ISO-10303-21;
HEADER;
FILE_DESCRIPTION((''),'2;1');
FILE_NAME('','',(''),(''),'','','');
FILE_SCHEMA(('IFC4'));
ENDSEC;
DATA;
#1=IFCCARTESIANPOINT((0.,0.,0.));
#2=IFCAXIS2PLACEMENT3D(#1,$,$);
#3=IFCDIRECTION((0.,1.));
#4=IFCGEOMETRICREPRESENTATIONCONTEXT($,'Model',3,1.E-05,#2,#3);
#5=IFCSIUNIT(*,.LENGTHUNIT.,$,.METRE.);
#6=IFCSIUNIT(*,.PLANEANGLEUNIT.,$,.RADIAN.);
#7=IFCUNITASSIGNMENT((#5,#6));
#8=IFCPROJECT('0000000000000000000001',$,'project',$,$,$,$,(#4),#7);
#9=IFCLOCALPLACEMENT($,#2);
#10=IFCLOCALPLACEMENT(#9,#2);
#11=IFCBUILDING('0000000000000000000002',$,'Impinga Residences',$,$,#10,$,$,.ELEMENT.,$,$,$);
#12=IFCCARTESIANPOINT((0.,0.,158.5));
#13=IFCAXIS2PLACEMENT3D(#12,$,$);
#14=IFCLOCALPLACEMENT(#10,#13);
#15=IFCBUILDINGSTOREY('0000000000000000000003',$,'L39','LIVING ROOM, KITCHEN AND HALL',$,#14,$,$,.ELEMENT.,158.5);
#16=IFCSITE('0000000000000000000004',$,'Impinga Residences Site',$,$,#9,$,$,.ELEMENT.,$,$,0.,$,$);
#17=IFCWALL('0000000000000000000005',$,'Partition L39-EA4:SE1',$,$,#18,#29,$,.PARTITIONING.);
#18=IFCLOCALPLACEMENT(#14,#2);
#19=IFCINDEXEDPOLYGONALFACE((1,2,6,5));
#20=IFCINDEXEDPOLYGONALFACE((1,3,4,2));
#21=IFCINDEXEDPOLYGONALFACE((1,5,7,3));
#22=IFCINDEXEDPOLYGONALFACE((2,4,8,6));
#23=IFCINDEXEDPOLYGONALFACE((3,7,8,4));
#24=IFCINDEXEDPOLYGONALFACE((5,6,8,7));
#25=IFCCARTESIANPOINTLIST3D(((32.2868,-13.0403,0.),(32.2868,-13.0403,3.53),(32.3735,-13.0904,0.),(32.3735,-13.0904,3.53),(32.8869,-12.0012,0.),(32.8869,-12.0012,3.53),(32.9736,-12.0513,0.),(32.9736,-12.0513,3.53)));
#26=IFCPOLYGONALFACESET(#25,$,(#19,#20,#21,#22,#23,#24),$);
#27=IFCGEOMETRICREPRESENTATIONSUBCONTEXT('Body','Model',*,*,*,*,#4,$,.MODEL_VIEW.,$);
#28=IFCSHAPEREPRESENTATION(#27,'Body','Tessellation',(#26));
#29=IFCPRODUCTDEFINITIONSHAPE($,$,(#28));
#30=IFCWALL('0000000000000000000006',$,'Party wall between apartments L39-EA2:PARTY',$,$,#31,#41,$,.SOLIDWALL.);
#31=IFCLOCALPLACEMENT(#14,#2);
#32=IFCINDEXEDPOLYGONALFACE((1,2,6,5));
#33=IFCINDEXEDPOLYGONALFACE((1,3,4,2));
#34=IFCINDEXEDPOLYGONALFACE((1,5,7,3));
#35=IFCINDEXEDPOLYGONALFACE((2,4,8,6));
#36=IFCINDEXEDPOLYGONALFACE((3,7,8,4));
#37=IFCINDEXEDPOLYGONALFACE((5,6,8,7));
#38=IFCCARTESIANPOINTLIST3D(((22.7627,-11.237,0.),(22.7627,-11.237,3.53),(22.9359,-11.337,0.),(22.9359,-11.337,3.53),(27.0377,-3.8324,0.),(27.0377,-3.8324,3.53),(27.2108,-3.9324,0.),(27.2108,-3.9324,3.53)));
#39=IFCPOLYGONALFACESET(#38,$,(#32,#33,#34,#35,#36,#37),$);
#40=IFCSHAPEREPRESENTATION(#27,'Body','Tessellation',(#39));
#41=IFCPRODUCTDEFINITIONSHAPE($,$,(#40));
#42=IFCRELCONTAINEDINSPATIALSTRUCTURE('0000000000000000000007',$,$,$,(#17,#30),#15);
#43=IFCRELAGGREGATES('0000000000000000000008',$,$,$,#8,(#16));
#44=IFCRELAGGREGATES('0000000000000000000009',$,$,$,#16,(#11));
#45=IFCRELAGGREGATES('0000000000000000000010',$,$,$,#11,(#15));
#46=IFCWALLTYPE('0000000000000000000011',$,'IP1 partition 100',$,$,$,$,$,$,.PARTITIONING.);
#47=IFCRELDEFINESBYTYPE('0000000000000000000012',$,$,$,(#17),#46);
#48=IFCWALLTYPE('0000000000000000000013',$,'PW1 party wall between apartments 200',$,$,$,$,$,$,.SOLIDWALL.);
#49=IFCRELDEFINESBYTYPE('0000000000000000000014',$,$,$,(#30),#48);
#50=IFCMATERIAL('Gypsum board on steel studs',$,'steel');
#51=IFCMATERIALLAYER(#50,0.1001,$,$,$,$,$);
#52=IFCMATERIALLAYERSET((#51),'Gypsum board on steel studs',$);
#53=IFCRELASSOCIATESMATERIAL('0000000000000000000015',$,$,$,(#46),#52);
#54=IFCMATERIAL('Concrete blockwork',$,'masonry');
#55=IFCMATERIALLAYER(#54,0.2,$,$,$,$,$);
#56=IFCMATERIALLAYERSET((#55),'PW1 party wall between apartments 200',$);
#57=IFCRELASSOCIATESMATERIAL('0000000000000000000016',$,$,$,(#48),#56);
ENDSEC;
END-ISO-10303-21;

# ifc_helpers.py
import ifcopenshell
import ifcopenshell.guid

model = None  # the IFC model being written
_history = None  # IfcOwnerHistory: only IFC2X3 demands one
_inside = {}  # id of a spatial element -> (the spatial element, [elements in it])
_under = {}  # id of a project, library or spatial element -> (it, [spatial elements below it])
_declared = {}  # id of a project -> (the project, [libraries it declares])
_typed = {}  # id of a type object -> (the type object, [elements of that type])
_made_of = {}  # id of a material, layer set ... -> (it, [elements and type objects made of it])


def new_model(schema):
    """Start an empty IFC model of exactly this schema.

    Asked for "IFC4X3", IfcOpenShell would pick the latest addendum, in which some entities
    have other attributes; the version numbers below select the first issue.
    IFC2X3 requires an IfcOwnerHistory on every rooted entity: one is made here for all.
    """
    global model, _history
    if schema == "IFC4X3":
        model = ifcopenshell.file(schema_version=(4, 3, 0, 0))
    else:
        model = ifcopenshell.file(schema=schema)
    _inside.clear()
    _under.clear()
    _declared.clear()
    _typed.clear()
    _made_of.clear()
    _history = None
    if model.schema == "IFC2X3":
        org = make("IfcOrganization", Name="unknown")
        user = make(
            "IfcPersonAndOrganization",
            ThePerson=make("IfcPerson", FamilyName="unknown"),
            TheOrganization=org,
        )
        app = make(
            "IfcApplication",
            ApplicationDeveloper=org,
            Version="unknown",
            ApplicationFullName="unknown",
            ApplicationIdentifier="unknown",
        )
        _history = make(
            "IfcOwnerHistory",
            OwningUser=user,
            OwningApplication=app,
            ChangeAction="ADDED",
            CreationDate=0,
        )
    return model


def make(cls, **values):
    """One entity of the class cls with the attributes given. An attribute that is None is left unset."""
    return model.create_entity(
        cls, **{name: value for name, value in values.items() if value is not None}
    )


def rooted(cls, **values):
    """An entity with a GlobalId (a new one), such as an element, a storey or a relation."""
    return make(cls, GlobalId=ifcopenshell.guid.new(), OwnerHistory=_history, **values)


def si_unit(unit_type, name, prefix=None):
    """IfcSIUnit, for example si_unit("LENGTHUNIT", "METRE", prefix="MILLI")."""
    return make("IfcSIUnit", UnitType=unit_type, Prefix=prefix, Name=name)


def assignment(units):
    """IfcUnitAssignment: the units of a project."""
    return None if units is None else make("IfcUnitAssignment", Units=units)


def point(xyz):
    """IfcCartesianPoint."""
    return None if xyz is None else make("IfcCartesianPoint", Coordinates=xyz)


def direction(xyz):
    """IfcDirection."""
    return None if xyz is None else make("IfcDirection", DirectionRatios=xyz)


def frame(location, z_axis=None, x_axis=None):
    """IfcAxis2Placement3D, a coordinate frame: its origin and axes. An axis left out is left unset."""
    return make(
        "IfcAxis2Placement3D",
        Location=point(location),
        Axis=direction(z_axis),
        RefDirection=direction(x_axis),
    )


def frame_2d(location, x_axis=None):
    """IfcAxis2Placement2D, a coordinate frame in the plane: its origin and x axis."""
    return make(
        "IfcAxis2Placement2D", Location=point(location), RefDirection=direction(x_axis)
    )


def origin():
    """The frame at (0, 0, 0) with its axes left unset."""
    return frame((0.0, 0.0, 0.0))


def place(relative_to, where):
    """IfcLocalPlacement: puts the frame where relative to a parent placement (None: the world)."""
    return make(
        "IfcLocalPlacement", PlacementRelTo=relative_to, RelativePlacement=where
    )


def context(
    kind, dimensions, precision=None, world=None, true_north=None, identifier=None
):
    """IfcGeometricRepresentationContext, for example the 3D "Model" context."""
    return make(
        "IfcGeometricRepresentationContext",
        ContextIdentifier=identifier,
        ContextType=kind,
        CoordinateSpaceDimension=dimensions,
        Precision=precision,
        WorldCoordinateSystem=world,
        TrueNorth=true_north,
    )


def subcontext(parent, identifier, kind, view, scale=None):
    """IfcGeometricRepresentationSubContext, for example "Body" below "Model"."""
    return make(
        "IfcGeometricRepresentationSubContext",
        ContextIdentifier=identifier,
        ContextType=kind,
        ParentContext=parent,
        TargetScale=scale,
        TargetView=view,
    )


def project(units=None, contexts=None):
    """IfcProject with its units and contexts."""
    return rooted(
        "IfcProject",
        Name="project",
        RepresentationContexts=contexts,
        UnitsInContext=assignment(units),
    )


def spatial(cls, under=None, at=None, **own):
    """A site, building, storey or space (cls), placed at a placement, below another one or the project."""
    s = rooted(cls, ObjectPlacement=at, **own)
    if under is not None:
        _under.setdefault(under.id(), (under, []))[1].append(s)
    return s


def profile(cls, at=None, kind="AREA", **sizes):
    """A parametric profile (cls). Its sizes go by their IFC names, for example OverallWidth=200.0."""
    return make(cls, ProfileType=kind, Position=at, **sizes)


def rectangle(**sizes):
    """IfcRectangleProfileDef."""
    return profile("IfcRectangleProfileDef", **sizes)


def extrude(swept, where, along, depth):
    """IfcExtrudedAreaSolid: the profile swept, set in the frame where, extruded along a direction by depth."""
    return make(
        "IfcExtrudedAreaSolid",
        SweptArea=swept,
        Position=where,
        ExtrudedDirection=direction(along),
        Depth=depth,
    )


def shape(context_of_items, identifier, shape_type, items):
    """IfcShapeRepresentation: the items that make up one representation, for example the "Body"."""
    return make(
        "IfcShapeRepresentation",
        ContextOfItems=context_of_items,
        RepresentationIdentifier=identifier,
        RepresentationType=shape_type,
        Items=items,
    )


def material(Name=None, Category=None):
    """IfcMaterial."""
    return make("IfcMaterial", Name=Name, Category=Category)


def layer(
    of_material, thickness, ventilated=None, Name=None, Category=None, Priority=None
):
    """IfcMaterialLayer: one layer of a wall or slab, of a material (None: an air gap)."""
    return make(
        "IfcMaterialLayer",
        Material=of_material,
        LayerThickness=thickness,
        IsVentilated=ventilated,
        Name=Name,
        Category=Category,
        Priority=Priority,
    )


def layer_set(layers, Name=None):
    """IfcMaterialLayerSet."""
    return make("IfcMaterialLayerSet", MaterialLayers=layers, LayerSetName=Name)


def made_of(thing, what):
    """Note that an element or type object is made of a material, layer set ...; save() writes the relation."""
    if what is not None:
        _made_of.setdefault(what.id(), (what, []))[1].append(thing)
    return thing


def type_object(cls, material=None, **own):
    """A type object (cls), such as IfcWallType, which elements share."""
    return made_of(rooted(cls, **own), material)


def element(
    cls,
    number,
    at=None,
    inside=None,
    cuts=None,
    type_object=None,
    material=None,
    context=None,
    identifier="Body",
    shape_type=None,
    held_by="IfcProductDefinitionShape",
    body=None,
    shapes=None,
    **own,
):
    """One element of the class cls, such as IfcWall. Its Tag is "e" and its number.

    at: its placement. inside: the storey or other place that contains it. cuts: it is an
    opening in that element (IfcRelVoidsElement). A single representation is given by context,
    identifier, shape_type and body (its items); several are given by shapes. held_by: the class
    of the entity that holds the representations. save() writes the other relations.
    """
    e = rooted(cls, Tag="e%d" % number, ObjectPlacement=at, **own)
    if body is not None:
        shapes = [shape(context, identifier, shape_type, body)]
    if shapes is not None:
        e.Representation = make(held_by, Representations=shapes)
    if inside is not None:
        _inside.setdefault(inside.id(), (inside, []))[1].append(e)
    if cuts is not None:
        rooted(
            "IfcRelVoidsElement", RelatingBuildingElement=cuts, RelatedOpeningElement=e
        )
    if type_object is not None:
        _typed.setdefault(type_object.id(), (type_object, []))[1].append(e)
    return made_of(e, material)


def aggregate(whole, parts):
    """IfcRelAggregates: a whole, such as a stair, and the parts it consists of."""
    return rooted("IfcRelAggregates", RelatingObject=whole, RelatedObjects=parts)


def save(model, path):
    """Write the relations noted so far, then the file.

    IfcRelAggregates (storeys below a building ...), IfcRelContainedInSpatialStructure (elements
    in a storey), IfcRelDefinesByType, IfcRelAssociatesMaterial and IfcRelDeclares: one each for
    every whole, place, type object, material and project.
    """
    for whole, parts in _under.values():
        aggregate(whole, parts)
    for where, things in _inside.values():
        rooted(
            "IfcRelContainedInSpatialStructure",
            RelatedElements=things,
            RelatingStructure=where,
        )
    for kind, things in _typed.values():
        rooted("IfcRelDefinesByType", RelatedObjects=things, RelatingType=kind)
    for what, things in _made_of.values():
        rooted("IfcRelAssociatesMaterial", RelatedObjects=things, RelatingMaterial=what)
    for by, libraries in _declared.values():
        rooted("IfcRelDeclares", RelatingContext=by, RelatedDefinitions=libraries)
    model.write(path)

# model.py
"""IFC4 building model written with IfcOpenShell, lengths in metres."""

from ifc_helpers import new_model, si_unit, direction, frame, frame_2d, origin, place, context, subcontext, project, spatial, rectangle, extrude, material, layer, layer_set, type_object, element, save


model = new_model("IFC4")

# Units and contexts
model_context = context("Model", 3, precision=1e-05, world=origin(), true_north=direction((0.0, 1.0)))
body_context = subcontext(model_context, "Body", "Model", "MODEL_VIEW")
ifc_project = project(units=[si_unit("LENGTHUNIT", "METRE"), si_unit("PLANEANGLEUNIT", "RADIAN")], contexts=[model_context])

# Site, building, storey
site_placement = place(None, origin())
site = spatial("IfcSite", under=ifc_project, at=site_placement, Name="Impinga Residences Site", CompositionType="ELEMENT", RefElevation=0.0)
building_placement = place(site_placement, origin())
building = spatial("IfcBuilding", under=site, at=building_placement, Name="Impinga Residences", CompositionType="ELEMENT")
storey_placement = place(building_placement, frame((0.0, 0.0, 158.5)))
storey = spatial("IfcBuildingStorey", under=building, at=storey_placement, Name="L39", Description="LIVING ROOM, KITCHEN AND HALL", CompositionType="ELEMENT", Elevation=158.5)

# Shared definitions
ifc_material_1 = material(Name="Concrete blockwork", Category="masonry")

# Shared definitions
ifc_material_2 = material(Name="Gypsum board on steel studs", Category="steel")
ifc_layer_1 = layer(ifc_material_2, 0.1001)
ifc_layer_set_1 = layer_set([ifc_layer_1], Name="Gypsum board on steel studs")
wall_type_1 = type_object("IfcWallType", Name="IP1 partition 100", PredefinedType="PARTITIONING", material=ifc_layer_set_1)

# Walls
for number, where, z_axis, x_axis, name in (
    (1, (32.3301, -13.0654, 0.0), (0.0, 0.0, 1.0), (0.500122, 0.865955, 0.0), "Partition L39-EA4:SE1"),
):
    element("IfcWall", number, at=place(storey_placement, frame(where, z_axis=z_axis, x_axis=x_axis)), inside=storey, type_object=wall_type_1, Name=name, PredefinedType="PARTITIONING", context=body_context, shape_type="SweptSolid", body=[
        extrude(rectangle(XDim=1.2, YDim=0.1001, at=frame_2d((0.6001, 0.0))), origin(), (0.0, 0.0, 1.0), 3.53),
    ])
ifc_layer_2 = layer(ifc_material_1, 0.2)
ifc_layer_set_2 = layer_set([ifc_layer_2], Name="PW1 party wall between apartments 200")
wall_type_2 = type_object("IfcWallType", Name="PW1 party wall between apartments 200", PredefinedType="SOLIDWALL", material=ifc_layer_set_2)
wall_1_placement = place(storey_placement, frame((22.8494, -11.2869, 0.0), z_axis=(0.0, 0.0, 1.0), x_axis=(0.49999, 0.866031, 0.0)))
element("IfcWall", 2, at=wall_1_placement, inside=storey, type_object=wall_type_2, Name="Party wall between apartments L39-EA2:PARTY", PredefinedType="SOLIDWALL", context=body_context, shape_type="SweptSolid", body=[
    extrude(rectangle(XDim=8.55, YDim=0.2, at=frame_2d((4.2749, 0.0))), origin(), (0.0, 0.0, 1.0), 3.53),
])

save(model, "model.ifc")
